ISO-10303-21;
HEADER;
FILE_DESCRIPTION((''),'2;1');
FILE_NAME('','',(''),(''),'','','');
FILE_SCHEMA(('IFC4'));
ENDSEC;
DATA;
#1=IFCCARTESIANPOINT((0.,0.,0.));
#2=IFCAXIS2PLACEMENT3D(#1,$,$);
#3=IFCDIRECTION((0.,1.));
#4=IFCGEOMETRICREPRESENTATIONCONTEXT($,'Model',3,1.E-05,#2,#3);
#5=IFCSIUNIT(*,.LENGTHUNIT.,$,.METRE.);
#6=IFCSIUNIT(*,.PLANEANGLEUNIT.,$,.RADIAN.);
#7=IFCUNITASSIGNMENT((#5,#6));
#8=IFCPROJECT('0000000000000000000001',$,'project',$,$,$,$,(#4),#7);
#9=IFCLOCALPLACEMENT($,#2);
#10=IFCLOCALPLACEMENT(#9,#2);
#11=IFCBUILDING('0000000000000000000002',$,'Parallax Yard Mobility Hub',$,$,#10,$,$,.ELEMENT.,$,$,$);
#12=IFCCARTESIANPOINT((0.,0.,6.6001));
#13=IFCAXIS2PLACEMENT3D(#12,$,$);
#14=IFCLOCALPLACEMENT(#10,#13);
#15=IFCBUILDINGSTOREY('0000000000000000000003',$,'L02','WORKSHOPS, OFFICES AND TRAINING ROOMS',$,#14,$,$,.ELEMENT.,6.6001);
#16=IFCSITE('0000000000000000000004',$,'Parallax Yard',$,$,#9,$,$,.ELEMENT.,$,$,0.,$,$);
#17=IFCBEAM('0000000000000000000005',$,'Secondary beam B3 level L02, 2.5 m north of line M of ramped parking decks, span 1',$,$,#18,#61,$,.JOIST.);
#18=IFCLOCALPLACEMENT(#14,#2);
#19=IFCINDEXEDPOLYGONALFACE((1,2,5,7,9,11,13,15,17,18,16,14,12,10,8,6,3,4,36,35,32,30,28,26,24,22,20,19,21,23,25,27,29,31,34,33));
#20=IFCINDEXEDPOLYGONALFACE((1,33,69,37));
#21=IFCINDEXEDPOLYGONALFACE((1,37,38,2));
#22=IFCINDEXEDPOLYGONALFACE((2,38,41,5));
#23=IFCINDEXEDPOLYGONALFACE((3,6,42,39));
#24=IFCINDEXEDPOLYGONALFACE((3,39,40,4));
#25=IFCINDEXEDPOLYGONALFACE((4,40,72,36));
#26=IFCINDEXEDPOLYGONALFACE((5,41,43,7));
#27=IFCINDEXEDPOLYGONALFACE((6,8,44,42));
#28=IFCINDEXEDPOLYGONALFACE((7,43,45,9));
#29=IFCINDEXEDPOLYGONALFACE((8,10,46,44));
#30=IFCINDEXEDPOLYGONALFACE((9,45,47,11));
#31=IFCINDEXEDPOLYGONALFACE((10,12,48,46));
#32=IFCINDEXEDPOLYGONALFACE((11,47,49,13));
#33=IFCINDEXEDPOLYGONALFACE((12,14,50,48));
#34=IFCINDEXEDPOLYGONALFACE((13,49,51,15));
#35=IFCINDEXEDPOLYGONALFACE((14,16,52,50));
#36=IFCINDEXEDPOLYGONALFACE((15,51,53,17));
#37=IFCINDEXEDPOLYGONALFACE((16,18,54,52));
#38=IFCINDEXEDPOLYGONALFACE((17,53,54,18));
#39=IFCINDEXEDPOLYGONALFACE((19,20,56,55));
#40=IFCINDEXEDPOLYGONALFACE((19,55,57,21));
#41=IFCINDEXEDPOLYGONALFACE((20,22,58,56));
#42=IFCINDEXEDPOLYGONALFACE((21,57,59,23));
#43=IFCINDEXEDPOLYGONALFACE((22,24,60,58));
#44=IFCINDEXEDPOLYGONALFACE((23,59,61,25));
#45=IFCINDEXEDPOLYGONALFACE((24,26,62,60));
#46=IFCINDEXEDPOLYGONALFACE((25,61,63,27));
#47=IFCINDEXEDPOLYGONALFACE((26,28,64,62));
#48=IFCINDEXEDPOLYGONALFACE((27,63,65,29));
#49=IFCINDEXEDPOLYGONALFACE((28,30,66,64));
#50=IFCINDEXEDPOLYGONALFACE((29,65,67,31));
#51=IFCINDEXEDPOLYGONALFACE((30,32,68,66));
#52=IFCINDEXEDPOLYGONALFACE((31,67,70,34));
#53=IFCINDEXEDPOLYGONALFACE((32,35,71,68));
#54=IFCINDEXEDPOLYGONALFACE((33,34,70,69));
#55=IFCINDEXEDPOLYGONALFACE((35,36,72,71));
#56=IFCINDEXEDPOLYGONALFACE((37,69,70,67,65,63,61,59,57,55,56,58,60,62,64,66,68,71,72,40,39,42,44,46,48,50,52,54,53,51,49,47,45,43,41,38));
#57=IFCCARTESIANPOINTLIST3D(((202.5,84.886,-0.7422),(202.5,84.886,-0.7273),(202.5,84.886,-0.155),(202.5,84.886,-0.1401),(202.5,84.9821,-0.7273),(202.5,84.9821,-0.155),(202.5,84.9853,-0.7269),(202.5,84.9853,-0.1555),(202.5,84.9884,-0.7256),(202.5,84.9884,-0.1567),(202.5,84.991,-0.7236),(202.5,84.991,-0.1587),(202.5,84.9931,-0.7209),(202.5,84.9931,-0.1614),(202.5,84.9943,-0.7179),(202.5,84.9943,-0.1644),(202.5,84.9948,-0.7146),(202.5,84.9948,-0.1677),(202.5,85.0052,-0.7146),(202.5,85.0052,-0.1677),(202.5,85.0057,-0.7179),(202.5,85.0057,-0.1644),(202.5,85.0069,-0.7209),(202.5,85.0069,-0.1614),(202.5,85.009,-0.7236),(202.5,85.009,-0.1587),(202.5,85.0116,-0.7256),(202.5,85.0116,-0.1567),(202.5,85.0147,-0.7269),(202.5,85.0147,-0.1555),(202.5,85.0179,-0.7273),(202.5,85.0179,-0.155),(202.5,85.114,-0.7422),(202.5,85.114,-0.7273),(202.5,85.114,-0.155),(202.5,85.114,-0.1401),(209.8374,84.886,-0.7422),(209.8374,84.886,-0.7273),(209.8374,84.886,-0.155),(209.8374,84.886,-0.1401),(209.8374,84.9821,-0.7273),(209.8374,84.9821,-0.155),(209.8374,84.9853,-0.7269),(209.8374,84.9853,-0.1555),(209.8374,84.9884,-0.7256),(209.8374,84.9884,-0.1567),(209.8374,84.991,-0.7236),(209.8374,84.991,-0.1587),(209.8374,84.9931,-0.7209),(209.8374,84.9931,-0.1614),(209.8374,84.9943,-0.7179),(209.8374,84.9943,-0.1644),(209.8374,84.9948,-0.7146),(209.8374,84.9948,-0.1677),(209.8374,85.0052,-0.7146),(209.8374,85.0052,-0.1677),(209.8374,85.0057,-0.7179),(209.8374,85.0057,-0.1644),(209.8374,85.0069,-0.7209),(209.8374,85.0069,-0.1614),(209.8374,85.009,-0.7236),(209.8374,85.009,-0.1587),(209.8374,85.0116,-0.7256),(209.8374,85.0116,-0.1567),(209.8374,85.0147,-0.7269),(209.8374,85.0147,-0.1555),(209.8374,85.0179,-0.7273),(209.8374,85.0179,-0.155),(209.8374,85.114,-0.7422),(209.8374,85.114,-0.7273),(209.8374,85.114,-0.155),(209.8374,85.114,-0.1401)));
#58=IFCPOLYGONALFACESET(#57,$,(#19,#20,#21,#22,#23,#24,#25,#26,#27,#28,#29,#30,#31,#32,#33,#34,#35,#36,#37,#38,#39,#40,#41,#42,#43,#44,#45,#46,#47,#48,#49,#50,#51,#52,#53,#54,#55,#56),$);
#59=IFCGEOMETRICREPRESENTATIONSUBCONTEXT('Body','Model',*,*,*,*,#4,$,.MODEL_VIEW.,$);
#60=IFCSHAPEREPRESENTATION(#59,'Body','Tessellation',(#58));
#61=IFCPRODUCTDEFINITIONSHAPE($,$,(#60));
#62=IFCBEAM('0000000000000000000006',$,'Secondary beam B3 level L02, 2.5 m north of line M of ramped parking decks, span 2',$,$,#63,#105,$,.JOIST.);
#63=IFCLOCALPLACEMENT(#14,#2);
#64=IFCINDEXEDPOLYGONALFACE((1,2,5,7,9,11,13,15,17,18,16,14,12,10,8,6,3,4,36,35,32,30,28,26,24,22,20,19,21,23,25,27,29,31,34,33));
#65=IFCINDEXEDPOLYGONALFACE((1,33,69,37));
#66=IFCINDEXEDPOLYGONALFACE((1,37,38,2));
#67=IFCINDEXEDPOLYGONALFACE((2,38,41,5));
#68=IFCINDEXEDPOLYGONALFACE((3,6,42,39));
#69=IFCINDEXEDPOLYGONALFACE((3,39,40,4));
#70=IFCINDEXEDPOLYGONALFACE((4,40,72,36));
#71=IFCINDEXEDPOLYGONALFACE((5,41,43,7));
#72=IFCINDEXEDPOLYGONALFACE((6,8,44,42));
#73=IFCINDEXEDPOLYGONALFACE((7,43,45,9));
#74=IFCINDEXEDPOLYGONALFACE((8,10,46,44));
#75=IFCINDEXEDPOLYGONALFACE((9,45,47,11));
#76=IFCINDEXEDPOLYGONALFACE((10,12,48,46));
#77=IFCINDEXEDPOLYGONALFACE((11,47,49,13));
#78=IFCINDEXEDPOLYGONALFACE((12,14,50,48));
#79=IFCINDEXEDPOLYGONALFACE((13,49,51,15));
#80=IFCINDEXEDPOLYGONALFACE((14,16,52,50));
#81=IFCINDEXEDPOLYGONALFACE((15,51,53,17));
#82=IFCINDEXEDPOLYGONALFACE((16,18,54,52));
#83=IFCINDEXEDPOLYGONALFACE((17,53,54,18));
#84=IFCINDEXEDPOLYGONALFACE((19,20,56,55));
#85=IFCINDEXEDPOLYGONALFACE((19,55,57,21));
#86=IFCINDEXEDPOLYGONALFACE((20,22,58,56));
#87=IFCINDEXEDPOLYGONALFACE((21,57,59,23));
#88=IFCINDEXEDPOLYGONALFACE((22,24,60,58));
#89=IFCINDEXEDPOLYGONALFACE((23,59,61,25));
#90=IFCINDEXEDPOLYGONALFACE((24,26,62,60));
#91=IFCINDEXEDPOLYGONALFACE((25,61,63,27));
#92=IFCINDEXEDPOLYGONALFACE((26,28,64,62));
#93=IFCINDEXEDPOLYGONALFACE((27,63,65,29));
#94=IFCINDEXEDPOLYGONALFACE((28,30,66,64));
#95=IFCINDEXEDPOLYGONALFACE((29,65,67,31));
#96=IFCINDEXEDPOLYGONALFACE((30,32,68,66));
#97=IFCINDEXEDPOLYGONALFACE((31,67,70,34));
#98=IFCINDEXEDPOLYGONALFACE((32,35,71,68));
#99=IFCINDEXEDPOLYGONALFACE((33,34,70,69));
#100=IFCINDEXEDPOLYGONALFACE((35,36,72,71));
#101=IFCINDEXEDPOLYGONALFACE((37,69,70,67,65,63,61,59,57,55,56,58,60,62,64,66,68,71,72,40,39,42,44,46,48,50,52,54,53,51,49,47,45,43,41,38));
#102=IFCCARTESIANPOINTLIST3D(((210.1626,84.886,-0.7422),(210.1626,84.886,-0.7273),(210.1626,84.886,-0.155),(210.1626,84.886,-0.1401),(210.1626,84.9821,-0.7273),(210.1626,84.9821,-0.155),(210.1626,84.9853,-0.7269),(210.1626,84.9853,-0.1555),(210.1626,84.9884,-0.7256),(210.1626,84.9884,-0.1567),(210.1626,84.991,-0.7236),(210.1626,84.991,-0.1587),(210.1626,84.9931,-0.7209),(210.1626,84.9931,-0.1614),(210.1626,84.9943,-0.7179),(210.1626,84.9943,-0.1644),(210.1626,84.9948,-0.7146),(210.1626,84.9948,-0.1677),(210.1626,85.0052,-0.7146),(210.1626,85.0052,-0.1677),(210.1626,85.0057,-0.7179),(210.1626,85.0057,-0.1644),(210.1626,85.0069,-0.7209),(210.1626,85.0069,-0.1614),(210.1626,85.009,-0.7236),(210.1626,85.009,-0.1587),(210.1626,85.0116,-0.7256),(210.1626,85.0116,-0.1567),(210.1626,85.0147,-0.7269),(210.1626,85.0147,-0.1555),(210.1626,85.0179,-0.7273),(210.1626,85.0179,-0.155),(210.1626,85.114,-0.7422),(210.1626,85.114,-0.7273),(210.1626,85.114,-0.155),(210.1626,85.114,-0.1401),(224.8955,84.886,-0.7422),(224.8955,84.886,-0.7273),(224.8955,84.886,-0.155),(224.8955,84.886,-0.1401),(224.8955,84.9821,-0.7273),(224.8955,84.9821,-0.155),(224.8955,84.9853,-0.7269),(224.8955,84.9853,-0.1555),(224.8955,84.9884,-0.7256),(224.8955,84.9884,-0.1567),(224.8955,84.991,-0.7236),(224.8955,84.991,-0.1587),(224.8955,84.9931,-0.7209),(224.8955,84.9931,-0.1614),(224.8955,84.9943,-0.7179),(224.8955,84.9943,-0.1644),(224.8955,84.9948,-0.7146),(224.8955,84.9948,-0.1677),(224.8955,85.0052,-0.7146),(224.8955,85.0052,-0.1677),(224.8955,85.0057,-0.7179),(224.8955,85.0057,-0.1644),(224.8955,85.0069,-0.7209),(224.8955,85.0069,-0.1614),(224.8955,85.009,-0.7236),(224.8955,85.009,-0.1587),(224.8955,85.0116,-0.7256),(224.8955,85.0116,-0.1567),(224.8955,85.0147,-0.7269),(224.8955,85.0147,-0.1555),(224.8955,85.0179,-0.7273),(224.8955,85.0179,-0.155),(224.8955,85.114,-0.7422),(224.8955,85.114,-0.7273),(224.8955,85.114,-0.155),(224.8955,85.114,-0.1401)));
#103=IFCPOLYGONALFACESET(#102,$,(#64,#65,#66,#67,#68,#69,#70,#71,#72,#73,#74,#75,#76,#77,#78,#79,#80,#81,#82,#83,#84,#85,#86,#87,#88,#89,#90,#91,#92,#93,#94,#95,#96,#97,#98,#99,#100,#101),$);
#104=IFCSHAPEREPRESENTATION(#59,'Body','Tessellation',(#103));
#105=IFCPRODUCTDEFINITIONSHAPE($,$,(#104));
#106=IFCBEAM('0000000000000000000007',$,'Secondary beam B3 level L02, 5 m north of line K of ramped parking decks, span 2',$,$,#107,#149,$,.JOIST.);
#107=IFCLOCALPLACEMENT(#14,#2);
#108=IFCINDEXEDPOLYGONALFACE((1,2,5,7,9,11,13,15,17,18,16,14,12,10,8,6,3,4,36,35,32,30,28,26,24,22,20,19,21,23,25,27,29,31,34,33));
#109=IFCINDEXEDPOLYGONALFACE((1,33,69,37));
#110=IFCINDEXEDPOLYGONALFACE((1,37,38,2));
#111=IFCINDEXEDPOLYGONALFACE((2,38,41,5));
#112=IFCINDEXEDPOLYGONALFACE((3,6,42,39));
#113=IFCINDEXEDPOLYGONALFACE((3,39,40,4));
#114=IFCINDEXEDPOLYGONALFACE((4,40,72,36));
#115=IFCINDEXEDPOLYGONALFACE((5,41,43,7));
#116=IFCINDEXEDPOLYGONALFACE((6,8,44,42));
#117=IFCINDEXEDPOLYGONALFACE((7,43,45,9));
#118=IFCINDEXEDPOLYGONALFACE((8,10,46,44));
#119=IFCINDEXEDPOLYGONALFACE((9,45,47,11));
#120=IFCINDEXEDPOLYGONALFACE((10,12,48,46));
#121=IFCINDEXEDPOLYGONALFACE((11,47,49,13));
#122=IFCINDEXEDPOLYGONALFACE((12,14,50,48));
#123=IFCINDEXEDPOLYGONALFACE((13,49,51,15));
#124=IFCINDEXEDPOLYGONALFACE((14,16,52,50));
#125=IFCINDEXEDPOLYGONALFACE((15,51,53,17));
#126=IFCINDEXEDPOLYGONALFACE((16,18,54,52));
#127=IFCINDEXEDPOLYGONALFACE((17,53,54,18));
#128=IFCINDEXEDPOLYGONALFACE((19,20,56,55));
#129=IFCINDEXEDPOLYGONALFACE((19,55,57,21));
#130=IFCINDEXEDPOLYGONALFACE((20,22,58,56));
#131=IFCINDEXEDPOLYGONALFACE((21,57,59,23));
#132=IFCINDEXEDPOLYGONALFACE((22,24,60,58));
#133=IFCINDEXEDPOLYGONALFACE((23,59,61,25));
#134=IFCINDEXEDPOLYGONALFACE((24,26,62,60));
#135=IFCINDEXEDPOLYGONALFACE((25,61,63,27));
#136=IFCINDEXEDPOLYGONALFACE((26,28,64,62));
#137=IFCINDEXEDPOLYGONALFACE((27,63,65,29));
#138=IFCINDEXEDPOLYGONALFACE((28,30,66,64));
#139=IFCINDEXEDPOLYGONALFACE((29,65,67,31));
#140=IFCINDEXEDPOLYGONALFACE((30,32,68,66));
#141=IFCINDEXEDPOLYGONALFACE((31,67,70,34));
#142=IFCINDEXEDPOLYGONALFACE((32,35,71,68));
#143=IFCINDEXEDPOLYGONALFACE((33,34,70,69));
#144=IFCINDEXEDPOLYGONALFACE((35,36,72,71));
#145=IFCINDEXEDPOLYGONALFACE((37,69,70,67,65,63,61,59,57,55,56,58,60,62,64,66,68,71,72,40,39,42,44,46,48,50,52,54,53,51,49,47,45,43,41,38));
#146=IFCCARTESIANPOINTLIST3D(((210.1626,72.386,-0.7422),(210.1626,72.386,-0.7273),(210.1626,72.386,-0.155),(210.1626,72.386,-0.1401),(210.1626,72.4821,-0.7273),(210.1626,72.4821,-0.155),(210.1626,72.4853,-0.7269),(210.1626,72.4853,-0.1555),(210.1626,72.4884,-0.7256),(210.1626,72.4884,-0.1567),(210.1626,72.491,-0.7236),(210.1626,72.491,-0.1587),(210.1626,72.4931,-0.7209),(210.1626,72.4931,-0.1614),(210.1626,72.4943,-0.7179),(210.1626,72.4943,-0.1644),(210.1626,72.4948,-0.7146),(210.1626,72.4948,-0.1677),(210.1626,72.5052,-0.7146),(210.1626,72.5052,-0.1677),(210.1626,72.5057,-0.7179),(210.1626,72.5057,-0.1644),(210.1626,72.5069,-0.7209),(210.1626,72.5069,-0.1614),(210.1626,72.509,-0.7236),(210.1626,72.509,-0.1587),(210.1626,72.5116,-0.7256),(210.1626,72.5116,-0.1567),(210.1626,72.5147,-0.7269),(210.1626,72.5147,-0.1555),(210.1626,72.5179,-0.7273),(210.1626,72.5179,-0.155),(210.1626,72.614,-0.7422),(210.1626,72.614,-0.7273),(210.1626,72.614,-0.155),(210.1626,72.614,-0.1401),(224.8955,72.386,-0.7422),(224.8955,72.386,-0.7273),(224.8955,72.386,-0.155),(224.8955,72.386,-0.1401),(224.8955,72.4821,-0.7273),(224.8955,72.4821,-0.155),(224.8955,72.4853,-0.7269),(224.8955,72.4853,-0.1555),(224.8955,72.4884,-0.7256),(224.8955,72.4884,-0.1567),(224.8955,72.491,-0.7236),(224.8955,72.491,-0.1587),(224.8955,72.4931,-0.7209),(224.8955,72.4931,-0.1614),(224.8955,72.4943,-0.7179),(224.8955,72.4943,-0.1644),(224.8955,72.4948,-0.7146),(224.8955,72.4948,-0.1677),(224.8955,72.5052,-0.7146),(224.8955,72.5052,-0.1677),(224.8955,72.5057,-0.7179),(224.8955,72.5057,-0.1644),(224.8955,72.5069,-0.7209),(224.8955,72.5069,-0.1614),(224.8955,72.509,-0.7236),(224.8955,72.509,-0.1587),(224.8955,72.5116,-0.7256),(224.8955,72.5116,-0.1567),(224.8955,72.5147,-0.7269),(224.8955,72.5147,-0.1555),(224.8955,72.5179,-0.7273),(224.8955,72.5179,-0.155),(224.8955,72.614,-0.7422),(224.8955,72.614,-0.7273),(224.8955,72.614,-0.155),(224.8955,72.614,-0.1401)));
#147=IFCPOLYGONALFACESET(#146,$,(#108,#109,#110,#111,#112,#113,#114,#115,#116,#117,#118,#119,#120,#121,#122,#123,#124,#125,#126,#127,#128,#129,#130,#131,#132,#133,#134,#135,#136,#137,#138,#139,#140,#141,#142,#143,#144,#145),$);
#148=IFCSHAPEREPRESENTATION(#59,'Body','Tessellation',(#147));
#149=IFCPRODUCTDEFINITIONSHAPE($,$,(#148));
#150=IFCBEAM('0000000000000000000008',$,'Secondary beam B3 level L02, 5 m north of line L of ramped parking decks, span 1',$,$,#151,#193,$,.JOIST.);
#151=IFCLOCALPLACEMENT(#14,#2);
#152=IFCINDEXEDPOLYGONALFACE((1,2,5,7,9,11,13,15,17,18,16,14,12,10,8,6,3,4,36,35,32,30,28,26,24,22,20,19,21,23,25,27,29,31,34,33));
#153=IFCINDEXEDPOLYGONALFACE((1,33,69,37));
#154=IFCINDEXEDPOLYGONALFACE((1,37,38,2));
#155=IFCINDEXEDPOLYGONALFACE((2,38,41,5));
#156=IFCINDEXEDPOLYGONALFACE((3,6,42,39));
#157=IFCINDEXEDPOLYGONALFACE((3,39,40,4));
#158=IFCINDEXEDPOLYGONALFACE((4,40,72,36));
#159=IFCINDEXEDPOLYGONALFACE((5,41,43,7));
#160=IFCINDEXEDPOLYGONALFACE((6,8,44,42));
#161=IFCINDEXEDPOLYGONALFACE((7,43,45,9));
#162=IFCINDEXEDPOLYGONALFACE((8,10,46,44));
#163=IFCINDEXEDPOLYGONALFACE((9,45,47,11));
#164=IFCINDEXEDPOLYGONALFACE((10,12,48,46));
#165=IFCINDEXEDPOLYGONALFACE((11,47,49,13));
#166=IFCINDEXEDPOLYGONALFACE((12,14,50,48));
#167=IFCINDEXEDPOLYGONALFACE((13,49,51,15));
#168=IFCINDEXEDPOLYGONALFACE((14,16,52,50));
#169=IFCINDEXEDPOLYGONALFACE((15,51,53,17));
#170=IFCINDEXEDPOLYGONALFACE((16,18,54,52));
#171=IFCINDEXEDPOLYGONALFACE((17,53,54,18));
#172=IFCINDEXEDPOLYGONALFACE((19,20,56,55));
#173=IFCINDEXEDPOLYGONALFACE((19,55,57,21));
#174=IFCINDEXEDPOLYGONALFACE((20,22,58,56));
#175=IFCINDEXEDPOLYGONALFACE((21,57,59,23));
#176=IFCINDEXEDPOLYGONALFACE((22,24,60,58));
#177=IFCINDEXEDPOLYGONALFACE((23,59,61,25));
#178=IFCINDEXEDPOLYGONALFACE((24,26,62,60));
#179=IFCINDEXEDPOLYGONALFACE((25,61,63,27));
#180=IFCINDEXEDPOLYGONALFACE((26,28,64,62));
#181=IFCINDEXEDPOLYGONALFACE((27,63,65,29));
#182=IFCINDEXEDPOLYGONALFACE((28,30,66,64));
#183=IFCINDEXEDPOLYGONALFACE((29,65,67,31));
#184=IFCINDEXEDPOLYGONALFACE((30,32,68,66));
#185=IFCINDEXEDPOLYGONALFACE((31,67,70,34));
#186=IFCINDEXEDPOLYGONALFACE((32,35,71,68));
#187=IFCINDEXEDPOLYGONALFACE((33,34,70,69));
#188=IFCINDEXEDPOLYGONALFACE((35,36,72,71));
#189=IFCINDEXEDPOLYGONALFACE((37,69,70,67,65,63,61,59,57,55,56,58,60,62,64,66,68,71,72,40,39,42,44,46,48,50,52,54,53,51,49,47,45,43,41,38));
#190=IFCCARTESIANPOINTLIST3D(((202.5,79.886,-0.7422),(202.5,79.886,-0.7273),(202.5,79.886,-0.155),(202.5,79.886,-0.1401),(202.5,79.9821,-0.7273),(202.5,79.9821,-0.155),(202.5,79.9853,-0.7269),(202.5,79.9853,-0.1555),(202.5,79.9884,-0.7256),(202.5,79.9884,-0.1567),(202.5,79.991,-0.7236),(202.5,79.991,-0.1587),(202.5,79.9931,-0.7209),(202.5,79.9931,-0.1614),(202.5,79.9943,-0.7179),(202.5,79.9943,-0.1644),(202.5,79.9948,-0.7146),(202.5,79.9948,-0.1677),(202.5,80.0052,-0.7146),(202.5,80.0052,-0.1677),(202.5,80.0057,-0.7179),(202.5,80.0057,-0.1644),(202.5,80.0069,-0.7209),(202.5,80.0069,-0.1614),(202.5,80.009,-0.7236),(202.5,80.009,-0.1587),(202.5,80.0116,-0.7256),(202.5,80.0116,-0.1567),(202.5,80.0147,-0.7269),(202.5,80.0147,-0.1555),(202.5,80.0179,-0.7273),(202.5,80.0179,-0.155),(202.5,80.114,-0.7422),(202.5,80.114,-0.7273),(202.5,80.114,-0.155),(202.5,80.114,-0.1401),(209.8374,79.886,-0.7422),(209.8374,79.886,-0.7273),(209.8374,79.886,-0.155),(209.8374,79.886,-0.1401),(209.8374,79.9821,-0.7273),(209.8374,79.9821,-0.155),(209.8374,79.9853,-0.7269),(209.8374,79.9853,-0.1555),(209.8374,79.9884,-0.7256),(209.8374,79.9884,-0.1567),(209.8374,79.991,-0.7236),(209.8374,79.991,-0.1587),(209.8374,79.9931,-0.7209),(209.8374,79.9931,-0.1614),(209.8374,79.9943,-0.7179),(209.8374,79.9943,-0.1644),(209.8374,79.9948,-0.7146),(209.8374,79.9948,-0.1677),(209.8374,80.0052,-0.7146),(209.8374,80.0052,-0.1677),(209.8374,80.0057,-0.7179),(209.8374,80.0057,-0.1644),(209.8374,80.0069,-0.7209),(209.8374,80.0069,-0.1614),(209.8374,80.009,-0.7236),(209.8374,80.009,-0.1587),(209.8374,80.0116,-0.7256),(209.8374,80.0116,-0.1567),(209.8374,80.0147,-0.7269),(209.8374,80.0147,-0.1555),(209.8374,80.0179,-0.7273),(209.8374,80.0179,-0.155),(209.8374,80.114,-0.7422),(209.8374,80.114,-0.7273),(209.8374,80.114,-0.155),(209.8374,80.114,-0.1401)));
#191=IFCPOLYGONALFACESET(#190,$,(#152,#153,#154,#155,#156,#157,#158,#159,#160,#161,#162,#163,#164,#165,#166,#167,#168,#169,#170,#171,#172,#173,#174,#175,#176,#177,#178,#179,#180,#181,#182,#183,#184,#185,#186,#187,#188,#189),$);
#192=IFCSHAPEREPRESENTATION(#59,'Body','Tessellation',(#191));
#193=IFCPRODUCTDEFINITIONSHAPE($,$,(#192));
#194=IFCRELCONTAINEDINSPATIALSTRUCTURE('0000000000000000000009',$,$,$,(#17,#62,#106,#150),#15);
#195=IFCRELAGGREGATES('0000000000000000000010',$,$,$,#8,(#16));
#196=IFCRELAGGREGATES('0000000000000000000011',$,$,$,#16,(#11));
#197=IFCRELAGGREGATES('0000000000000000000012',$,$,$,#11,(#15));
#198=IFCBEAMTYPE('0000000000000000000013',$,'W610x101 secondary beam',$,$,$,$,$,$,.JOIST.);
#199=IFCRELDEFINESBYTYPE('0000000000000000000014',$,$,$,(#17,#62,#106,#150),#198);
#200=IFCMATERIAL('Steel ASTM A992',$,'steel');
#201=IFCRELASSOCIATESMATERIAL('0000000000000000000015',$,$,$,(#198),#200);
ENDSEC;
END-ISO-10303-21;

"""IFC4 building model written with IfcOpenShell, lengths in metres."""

from ifc_helpers import new_model, si_unit, direction, frame, origin, origin_2d, place, context, subcontext, project, spatial, i_section, extrude, material, material_profile, profile_set, type_object, element, save


model = new_model("IFC4")

# Units and contexts
model_context = context("Model", 3, precision=1e-05, world=origin(), true_north=direction((0.0, 1.0)))
body_context = subcontext(model_context, "Body", "Model", "MODEL_VIEW")
ifc_project = project(units=[si_unit("LENGTHUNIT", "METRE"), si_unit("PLANEANGLEUNIT", "RADIAN")], contexts=[model_context])

# Site, building, storey
site_placement = place(None, origin())
site = spatial("IfcSite", under=ifc_project, at=site_placement, Name="Parallax Yard", CompositionType="ELEMENT", RefElevation=0.0)
building_placement = place(site_placement, origin())
building = spatial("IfcBuilding", under=site, at=building_placement, Name="Parallax Yard Mobility Hub", CompositionType="ELEMENT")
storey_placement = place(building_placement, frame((0.0, 0.0, 6.6001)))
storey = spatial("IfcBuildingStorey", under=building, at=storey_placement, Name="L02", Description="WORKSHOPS, OFFICES AND TRAINING ROOMS", CompositionType="ELEMENT", Elevation=6.6001)

# Shared definitions
ifc_material_1 = material(Name="Steel ASTM A992", Category="steel")

# Beams
ifc_material_profile_1 = material_profile(ifc_material_1, i_section(OverallWidth=0.228, OverallDepth=0.6021, WebThickness=0.0105, FlangeThickness=0.0149, FilletRadius=0.0127, at=origin_2d()), Name="W610x101")
ifc_profile_set_1 = profile_set([ifc_material_profile_1], Name="Steel ASTM A992")
beam_type_1 = type_object("IfcBeamType", Name="W610x101 secondary beam", PredefinedType="JOIST", material=ifc_profile_set_1)
beam_1_placement = place(storey_placement, frame((202.5, 85.0, -0.4412), z_axis=(1.0, 0.0, 0.0), x_axis=(0.0, 1.0, 0.0)))
element("IfcBeam", 1, at=beam_1_placement, inside=storey, type_object=beam_type_1, Name="Secondary beam B3 level L02, 2.5 m north of line M of ramped parking decks, span 1", PredefinedType="JOIST", context=body_context, shape_type="SweptSolid", body=[
    extrude(i_section(OverallWidth=0.228, OverallDepth=0.6021, WebThickness=0.0105, FlangeThickness=0.0149, FilletRadius=0.0127, at=origin_2d()), origin(), (0.0, 0.0, 1.0), 7.3374),
])
for number, where, z_axis, x_axis, name in (
    (2, (210.1626, 85.0, -0.4412), (1.0, 0.0, 0.0), (0.0, 1.0, 0.0), "Secondary beam B3 level L02, 2.5 m north of line M of ramped parking decks, span 2"),
    (3, (210.1626, 72.5, -0.4412), (1.0, 0.0, 0.0), (0.0, 1.0, 0.0), "Secondary beam B3 level L02, 5 m north of line K of ramped parking decks, span 2"),
):
    element("IfcBeam", number, at=place(storey_placement, frame(where, z_axis=z_axis, x_axis=x_axis)), inside=storey, type_object=beam_type_1, Name=name, PredefinedType="JOIST", context=body_context, shape_type="SweptSolid", body=[
        extrude(i_section(OverallWidth=0.228, OverallDepth=0.6021, WebThickness=0.0105, FlangeThickness=0.0149, FilletRadius=0.0127, at=origin_2d()), origin(), (0.0, 0.0, 1.0), 14.7329),
    ])
beam_2_placement = place(storey_placement, frame((202.5, 80.0, -0.4412), z_axis=(1.0, 0.0, 0.0), x_axis=(0.0, 1.0, 0.0)))
element("IfcBeam", 4, at=beam_2_placement, inside=storey, type_object=beam_type_1, Name="Secondary beam B3 level L02, 5 m north of line L of ramped parking decks, span 1", PredefinedType="JOIST", context=body_context, shape_type="SweptSolid", body=[
    extrude(i_section(OverallWidth=0.228, OverallDepth=0.6021, WebThickness=0.0105, FlangeThickness=0.0149, FilletRadius=0.0127, at=origin_2d()), origin(), (0.0, 0.0, 1.0), 7.3374),
])

save(model, "model.ifc")
